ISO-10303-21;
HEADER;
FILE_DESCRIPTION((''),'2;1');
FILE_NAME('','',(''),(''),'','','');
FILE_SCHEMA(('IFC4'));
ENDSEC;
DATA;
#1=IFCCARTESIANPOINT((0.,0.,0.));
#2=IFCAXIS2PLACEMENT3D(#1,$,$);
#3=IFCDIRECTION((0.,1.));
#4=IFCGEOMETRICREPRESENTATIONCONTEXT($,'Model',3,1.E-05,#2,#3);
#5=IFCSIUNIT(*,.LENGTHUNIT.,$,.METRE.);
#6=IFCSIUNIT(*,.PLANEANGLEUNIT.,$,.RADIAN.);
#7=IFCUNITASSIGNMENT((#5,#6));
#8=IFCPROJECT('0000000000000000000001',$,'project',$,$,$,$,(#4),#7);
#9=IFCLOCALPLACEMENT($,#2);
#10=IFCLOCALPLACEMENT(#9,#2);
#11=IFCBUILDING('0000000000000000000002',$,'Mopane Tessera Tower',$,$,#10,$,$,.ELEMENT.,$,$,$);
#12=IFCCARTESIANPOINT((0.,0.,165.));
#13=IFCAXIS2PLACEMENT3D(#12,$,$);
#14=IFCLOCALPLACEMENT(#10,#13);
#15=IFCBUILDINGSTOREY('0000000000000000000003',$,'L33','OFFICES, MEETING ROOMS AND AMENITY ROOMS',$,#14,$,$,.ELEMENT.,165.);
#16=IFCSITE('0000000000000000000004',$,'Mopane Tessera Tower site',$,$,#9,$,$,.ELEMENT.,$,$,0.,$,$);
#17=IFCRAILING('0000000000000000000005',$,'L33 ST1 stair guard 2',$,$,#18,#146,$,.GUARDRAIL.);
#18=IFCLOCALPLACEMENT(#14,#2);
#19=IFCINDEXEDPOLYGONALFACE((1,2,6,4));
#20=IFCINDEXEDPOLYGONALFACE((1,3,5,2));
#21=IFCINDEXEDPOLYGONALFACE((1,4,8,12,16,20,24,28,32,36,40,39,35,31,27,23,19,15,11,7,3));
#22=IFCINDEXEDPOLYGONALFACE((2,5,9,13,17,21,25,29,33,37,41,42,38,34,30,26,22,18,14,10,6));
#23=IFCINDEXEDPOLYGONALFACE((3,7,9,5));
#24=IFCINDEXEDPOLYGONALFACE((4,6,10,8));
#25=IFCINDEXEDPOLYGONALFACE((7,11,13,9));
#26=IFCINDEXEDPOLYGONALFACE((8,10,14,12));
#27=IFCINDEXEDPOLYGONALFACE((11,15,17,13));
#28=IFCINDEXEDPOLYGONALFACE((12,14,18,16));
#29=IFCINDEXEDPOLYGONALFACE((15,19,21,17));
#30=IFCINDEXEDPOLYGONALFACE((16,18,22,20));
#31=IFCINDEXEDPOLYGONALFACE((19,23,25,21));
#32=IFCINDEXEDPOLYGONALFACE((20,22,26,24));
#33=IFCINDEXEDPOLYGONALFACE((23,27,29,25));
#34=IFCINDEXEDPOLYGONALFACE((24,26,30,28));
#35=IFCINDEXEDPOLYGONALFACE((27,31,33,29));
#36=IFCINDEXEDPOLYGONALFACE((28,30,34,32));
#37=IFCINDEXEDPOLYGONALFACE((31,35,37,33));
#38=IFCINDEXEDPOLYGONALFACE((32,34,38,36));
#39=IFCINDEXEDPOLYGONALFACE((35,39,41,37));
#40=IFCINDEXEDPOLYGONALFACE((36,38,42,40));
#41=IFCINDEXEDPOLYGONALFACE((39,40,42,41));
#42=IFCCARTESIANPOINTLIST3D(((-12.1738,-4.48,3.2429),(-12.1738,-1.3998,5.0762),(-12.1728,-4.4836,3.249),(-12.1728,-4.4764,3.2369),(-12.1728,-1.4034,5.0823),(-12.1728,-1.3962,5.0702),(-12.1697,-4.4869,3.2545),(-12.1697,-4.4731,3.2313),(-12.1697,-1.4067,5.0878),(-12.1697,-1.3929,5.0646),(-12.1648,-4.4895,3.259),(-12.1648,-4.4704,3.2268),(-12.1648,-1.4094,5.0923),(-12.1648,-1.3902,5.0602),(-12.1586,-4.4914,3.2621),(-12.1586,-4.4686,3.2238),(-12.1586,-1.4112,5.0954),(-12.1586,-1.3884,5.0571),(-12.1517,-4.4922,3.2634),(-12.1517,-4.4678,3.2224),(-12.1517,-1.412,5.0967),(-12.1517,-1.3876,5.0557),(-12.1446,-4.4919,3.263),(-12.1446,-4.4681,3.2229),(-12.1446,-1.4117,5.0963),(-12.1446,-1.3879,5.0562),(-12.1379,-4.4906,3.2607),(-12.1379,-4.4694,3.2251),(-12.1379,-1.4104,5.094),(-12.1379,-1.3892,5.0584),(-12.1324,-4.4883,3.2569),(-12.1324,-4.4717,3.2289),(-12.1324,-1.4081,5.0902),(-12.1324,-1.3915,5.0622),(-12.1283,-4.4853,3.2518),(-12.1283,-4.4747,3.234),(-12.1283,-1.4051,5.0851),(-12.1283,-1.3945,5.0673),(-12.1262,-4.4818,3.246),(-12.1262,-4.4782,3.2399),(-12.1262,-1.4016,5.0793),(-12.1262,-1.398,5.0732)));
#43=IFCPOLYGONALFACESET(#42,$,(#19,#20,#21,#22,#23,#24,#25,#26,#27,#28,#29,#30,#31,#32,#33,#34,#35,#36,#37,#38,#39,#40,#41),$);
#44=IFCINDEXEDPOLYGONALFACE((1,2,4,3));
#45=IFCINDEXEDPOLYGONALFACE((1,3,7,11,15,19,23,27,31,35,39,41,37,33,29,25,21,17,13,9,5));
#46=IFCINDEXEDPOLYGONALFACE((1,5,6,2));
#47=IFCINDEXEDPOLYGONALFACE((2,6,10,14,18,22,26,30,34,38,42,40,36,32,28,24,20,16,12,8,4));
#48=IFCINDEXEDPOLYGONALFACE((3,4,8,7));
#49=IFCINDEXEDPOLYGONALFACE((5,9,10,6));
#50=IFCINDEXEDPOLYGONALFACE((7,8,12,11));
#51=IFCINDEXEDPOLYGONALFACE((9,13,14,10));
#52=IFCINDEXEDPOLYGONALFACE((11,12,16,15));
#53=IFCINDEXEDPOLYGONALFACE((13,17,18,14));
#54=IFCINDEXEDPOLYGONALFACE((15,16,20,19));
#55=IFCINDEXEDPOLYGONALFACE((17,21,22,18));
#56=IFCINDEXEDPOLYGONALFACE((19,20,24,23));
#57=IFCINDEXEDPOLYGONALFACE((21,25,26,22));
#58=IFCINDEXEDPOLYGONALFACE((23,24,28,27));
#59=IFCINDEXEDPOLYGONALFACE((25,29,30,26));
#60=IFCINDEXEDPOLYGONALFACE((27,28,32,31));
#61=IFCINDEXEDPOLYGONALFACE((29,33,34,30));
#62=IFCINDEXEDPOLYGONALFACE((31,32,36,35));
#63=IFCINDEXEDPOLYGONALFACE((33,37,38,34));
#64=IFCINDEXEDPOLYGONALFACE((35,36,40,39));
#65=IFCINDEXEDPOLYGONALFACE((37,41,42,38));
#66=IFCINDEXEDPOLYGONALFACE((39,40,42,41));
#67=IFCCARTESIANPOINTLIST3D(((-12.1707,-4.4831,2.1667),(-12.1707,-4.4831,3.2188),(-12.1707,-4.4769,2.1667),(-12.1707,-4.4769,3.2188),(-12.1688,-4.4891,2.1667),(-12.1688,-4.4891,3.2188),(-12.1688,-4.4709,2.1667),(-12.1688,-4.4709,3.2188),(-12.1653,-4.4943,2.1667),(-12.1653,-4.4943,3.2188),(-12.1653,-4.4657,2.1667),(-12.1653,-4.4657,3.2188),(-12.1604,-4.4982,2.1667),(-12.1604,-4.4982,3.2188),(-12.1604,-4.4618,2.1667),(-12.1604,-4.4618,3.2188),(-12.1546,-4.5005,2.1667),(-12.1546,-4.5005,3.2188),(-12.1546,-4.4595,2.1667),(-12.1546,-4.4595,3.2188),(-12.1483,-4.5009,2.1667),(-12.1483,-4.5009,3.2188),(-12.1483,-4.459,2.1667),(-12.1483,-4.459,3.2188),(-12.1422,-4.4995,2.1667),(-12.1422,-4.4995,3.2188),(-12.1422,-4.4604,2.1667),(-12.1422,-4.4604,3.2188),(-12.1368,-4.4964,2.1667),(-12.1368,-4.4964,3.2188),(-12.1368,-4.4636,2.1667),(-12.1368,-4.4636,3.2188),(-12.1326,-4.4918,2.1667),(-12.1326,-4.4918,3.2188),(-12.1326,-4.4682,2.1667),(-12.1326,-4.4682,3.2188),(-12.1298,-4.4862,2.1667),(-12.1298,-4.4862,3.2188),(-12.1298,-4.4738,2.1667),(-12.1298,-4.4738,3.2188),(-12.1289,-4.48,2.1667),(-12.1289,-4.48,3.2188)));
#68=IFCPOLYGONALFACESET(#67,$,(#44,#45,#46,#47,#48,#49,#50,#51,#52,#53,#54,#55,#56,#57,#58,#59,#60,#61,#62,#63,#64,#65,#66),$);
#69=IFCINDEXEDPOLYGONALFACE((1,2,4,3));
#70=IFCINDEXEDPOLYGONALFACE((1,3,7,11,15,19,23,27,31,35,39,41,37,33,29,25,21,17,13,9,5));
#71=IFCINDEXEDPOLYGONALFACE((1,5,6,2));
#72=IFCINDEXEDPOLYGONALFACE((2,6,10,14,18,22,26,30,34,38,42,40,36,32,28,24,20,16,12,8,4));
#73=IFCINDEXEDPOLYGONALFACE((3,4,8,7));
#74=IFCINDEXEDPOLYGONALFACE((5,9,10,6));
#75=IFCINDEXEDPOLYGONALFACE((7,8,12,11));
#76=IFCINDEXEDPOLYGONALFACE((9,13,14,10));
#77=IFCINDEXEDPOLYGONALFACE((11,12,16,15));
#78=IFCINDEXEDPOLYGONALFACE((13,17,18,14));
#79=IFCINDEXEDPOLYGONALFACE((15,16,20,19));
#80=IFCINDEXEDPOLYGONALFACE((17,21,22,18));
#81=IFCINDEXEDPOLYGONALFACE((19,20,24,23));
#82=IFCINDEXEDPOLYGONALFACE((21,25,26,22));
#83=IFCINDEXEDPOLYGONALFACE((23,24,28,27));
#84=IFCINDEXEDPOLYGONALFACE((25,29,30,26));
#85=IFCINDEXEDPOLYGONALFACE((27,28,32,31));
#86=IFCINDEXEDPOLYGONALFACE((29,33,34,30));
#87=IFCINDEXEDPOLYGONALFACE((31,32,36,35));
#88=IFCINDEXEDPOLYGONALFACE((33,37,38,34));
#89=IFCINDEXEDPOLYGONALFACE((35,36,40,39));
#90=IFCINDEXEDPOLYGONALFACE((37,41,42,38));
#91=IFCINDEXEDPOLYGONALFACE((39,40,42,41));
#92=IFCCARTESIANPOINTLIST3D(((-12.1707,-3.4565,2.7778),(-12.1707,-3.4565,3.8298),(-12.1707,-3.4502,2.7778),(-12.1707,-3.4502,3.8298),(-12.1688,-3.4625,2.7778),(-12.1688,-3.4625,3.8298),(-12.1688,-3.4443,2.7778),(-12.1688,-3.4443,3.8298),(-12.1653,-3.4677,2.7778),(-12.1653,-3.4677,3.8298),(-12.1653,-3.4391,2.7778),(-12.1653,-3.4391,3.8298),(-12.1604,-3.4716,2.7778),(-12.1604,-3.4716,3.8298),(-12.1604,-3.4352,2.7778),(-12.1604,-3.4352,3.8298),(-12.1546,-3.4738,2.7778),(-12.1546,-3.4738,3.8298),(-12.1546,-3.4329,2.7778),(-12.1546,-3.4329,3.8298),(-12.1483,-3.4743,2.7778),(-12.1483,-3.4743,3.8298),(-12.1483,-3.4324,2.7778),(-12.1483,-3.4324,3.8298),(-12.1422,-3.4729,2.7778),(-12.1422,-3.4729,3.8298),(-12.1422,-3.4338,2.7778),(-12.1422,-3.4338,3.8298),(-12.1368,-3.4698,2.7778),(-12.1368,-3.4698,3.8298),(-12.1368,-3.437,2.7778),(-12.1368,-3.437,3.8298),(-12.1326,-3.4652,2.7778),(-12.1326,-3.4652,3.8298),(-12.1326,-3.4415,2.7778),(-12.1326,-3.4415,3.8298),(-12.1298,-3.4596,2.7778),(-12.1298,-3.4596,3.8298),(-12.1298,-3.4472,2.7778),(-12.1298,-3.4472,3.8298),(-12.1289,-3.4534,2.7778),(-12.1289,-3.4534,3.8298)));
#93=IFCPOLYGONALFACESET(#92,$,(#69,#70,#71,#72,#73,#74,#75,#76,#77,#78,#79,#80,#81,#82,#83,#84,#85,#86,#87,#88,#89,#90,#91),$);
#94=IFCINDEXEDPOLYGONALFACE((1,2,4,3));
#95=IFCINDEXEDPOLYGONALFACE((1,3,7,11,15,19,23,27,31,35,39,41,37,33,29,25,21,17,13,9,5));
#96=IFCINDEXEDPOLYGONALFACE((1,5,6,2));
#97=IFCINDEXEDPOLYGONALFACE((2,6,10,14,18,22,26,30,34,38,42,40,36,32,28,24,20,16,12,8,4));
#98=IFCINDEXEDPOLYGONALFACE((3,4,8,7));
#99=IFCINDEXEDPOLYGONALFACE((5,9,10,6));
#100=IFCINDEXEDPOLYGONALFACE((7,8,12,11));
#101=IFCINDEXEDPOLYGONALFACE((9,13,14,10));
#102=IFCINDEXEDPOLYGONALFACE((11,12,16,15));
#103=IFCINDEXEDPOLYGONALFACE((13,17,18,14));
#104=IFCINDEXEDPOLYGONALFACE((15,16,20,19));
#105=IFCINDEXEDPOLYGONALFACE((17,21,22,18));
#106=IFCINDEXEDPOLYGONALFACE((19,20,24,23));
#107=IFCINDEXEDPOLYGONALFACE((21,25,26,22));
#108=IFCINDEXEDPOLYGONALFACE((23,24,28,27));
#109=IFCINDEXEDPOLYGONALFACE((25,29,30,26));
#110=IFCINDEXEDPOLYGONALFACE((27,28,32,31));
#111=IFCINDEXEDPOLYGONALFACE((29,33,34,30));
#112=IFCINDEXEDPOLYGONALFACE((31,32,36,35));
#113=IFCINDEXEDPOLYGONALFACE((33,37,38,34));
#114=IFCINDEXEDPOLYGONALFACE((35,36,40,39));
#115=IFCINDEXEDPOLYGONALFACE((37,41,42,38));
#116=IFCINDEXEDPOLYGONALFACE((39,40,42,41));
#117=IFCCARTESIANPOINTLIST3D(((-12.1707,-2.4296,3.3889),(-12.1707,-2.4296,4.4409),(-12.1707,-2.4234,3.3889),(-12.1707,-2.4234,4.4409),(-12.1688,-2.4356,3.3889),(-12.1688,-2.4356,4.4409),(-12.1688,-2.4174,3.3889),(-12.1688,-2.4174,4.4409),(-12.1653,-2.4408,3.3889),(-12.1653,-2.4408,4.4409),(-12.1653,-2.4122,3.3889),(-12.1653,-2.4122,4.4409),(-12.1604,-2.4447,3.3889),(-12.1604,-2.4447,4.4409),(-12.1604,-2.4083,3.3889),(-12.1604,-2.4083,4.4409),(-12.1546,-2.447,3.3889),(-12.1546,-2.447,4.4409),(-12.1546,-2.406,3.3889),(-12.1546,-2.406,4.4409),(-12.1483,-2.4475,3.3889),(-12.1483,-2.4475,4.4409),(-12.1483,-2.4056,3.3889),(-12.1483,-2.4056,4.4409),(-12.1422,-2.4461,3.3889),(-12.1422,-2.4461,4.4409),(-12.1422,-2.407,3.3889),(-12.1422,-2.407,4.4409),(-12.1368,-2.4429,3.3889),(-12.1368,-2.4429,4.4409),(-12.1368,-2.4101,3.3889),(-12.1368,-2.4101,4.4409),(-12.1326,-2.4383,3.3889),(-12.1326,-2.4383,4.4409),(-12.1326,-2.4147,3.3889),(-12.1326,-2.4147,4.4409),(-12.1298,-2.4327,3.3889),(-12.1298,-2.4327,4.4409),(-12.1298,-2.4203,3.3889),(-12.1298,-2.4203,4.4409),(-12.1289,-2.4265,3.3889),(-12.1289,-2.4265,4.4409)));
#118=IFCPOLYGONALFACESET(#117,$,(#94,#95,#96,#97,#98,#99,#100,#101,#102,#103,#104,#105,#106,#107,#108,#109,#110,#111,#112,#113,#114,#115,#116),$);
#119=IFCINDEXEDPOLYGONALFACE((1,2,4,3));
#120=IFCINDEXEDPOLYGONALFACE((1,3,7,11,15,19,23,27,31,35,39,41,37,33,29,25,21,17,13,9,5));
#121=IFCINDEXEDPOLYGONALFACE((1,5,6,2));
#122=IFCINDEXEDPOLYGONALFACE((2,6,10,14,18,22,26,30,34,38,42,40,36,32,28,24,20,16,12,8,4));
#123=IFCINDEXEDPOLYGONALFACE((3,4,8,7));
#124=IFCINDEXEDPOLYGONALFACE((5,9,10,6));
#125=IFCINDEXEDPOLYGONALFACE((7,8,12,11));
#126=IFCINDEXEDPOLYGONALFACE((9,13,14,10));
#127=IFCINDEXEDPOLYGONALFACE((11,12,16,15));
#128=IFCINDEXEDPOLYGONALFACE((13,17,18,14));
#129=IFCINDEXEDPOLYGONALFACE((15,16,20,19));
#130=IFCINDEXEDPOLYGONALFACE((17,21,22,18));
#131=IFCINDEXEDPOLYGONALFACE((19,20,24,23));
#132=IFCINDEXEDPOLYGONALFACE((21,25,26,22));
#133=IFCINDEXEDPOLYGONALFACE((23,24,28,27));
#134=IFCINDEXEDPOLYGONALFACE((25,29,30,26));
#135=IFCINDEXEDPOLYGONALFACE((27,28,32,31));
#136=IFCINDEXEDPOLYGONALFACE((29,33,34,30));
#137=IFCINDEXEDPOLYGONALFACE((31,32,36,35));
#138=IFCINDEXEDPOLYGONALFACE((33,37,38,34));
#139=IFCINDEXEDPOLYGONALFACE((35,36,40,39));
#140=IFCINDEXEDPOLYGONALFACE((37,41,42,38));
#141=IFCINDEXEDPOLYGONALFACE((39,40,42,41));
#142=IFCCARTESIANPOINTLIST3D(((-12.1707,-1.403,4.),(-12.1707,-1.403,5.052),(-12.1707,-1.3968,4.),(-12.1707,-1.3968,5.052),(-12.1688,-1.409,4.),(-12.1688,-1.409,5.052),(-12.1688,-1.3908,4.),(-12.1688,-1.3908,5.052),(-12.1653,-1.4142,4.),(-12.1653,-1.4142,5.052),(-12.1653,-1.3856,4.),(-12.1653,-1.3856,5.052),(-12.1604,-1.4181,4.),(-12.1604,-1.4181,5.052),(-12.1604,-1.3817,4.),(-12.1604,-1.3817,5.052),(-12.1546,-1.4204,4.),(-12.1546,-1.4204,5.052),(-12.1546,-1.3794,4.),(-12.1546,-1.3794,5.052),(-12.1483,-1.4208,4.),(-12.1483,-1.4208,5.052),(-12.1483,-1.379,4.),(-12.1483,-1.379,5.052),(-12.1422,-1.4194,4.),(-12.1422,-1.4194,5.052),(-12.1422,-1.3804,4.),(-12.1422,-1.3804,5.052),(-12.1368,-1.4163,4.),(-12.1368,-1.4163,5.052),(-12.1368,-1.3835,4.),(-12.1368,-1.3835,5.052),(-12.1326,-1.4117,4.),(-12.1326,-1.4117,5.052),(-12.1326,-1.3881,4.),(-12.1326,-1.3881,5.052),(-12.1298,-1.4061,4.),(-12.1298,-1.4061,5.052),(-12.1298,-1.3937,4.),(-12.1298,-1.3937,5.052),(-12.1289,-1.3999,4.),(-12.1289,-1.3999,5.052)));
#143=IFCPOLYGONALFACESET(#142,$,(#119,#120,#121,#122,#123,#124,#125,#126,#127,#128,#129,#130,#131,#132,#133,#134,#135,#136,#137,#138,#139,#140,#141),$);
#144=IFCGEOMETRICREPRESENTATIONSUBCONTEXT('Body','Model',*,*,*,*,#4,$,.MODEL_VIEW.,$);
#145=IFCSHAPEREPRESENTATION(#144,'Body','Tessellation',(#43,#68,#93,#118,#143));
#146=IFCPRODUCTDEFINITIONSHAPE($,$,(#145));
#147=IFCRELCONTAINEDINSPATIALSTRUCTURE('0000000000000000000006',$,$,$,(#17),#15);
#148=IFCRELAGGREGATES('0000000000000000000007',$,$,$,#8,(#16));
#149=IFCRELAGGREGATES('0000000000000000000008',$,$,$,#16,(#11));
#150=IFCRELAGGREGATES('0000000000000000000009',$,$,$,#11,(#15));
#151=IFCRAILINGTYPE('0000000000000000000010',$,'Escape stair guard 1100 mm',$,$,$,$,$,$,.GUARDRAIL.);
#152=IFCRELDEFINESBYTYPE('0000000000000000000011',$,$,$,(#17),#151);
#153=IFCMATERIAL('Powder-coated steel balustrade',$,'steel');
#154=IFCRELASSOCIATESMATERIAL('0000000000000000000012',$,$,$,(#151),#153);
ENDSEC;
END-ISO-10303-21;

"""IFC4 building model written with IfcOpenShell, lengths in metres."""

from ifc_helpers import new_model, si_unit, direction, frame, origin, origin_2d, place, context, subcontext, project, spatial, circle, extrude, material, type_object, element, save


model = new_model("IFC4")

# Units and contexts
model_context = context("Model", 3, precision=1e-05, world=origin(), true_north=direction((0.0, 1.0)))
body_context = subcontext(model_context, "Body", "Model", "MODEL_VIEW")
ifc_project = project(units=[si_unit("LENGTHUNIT", "METRE"), si_unit("PLANEANGLEUNIT", "RADIAN")], contexts=[model_context])

# Site, building, storey
site_placement = place(None, origin())
site = spatial("IfcSite", under=ifc_project, at=site_placement, Name="Mopane Tessera Tower site", CompositionType="ELEMENT", RefElevation=0.0)
building_placement = place(site_placement, origin())
building = spatial("IfcBuilding", under=site, at=building_placement, Name="Mopane Tessera Tower", CompositionType="ELEMENT")
storey_placement = place(building_placement, frame((0.0, 0.0, 165.0)))
storey = spatial("IfcBuildingStorey", under=building, at=storey_placement, Name="L33", Description="OFFICES, MEETING ROOMS AND AMENITY ROOMS", CompositionType="ELEMENT", Elevation=165.0)

# Railing
ifc_material_1 = material(Name="Powder-coated steel balustrade", Category="steel")
railing_type_1 = type_object("IfcRailingType", Name="Escape stair guard 1100 mm", PredefinedType="GUARDRAIL", material=ifc_material_1)
railing_1_placement = place(storey_placement, frame((-12.1499, -4.48, 2.1667)))
element("IfcRailing", 1, at=railing_1_placement, inside=storey, type_object=railing_type_1, Name="L33 ST1 stair guard 2", PredefinedType="GUARDRAIL", context=body_context, shape_type="SweptSolid", body=[
    extrude(circle(Radius=0.0239, at=origin_2d()), frame((0.0, 0.0, 1.0762), z_axis=(0.0, 0.859309, 0.511458), x_axis=(-1.0, 0.0, 0.0)), (0.0, 0.0, 1.0), 3.5845),
    extrude(circle(Radius=0.021, at=origin_2d()), origin(), (0.0, 0.0, 1.0), 1.052),
    extrude(circle(Radius=0.021, at=origin_2d()), frame((0.0, 1.0266, 0.6111)), (0.0, 0.0, 1.0), 1.052),
    extrude(circle(Radius=0.021, at=origin_2d()), frame((0.0, 2.0535, 1.2222)), (0.0, 0.0, 1.0), 1.052),
    extrude(circle(Radius=0.021, at=origin_2d()), frame((0.0, 3.0801, 1.8333)), (0.0, 0.0, 1.0), 1.052),
])

save(model, "model.ifc")
